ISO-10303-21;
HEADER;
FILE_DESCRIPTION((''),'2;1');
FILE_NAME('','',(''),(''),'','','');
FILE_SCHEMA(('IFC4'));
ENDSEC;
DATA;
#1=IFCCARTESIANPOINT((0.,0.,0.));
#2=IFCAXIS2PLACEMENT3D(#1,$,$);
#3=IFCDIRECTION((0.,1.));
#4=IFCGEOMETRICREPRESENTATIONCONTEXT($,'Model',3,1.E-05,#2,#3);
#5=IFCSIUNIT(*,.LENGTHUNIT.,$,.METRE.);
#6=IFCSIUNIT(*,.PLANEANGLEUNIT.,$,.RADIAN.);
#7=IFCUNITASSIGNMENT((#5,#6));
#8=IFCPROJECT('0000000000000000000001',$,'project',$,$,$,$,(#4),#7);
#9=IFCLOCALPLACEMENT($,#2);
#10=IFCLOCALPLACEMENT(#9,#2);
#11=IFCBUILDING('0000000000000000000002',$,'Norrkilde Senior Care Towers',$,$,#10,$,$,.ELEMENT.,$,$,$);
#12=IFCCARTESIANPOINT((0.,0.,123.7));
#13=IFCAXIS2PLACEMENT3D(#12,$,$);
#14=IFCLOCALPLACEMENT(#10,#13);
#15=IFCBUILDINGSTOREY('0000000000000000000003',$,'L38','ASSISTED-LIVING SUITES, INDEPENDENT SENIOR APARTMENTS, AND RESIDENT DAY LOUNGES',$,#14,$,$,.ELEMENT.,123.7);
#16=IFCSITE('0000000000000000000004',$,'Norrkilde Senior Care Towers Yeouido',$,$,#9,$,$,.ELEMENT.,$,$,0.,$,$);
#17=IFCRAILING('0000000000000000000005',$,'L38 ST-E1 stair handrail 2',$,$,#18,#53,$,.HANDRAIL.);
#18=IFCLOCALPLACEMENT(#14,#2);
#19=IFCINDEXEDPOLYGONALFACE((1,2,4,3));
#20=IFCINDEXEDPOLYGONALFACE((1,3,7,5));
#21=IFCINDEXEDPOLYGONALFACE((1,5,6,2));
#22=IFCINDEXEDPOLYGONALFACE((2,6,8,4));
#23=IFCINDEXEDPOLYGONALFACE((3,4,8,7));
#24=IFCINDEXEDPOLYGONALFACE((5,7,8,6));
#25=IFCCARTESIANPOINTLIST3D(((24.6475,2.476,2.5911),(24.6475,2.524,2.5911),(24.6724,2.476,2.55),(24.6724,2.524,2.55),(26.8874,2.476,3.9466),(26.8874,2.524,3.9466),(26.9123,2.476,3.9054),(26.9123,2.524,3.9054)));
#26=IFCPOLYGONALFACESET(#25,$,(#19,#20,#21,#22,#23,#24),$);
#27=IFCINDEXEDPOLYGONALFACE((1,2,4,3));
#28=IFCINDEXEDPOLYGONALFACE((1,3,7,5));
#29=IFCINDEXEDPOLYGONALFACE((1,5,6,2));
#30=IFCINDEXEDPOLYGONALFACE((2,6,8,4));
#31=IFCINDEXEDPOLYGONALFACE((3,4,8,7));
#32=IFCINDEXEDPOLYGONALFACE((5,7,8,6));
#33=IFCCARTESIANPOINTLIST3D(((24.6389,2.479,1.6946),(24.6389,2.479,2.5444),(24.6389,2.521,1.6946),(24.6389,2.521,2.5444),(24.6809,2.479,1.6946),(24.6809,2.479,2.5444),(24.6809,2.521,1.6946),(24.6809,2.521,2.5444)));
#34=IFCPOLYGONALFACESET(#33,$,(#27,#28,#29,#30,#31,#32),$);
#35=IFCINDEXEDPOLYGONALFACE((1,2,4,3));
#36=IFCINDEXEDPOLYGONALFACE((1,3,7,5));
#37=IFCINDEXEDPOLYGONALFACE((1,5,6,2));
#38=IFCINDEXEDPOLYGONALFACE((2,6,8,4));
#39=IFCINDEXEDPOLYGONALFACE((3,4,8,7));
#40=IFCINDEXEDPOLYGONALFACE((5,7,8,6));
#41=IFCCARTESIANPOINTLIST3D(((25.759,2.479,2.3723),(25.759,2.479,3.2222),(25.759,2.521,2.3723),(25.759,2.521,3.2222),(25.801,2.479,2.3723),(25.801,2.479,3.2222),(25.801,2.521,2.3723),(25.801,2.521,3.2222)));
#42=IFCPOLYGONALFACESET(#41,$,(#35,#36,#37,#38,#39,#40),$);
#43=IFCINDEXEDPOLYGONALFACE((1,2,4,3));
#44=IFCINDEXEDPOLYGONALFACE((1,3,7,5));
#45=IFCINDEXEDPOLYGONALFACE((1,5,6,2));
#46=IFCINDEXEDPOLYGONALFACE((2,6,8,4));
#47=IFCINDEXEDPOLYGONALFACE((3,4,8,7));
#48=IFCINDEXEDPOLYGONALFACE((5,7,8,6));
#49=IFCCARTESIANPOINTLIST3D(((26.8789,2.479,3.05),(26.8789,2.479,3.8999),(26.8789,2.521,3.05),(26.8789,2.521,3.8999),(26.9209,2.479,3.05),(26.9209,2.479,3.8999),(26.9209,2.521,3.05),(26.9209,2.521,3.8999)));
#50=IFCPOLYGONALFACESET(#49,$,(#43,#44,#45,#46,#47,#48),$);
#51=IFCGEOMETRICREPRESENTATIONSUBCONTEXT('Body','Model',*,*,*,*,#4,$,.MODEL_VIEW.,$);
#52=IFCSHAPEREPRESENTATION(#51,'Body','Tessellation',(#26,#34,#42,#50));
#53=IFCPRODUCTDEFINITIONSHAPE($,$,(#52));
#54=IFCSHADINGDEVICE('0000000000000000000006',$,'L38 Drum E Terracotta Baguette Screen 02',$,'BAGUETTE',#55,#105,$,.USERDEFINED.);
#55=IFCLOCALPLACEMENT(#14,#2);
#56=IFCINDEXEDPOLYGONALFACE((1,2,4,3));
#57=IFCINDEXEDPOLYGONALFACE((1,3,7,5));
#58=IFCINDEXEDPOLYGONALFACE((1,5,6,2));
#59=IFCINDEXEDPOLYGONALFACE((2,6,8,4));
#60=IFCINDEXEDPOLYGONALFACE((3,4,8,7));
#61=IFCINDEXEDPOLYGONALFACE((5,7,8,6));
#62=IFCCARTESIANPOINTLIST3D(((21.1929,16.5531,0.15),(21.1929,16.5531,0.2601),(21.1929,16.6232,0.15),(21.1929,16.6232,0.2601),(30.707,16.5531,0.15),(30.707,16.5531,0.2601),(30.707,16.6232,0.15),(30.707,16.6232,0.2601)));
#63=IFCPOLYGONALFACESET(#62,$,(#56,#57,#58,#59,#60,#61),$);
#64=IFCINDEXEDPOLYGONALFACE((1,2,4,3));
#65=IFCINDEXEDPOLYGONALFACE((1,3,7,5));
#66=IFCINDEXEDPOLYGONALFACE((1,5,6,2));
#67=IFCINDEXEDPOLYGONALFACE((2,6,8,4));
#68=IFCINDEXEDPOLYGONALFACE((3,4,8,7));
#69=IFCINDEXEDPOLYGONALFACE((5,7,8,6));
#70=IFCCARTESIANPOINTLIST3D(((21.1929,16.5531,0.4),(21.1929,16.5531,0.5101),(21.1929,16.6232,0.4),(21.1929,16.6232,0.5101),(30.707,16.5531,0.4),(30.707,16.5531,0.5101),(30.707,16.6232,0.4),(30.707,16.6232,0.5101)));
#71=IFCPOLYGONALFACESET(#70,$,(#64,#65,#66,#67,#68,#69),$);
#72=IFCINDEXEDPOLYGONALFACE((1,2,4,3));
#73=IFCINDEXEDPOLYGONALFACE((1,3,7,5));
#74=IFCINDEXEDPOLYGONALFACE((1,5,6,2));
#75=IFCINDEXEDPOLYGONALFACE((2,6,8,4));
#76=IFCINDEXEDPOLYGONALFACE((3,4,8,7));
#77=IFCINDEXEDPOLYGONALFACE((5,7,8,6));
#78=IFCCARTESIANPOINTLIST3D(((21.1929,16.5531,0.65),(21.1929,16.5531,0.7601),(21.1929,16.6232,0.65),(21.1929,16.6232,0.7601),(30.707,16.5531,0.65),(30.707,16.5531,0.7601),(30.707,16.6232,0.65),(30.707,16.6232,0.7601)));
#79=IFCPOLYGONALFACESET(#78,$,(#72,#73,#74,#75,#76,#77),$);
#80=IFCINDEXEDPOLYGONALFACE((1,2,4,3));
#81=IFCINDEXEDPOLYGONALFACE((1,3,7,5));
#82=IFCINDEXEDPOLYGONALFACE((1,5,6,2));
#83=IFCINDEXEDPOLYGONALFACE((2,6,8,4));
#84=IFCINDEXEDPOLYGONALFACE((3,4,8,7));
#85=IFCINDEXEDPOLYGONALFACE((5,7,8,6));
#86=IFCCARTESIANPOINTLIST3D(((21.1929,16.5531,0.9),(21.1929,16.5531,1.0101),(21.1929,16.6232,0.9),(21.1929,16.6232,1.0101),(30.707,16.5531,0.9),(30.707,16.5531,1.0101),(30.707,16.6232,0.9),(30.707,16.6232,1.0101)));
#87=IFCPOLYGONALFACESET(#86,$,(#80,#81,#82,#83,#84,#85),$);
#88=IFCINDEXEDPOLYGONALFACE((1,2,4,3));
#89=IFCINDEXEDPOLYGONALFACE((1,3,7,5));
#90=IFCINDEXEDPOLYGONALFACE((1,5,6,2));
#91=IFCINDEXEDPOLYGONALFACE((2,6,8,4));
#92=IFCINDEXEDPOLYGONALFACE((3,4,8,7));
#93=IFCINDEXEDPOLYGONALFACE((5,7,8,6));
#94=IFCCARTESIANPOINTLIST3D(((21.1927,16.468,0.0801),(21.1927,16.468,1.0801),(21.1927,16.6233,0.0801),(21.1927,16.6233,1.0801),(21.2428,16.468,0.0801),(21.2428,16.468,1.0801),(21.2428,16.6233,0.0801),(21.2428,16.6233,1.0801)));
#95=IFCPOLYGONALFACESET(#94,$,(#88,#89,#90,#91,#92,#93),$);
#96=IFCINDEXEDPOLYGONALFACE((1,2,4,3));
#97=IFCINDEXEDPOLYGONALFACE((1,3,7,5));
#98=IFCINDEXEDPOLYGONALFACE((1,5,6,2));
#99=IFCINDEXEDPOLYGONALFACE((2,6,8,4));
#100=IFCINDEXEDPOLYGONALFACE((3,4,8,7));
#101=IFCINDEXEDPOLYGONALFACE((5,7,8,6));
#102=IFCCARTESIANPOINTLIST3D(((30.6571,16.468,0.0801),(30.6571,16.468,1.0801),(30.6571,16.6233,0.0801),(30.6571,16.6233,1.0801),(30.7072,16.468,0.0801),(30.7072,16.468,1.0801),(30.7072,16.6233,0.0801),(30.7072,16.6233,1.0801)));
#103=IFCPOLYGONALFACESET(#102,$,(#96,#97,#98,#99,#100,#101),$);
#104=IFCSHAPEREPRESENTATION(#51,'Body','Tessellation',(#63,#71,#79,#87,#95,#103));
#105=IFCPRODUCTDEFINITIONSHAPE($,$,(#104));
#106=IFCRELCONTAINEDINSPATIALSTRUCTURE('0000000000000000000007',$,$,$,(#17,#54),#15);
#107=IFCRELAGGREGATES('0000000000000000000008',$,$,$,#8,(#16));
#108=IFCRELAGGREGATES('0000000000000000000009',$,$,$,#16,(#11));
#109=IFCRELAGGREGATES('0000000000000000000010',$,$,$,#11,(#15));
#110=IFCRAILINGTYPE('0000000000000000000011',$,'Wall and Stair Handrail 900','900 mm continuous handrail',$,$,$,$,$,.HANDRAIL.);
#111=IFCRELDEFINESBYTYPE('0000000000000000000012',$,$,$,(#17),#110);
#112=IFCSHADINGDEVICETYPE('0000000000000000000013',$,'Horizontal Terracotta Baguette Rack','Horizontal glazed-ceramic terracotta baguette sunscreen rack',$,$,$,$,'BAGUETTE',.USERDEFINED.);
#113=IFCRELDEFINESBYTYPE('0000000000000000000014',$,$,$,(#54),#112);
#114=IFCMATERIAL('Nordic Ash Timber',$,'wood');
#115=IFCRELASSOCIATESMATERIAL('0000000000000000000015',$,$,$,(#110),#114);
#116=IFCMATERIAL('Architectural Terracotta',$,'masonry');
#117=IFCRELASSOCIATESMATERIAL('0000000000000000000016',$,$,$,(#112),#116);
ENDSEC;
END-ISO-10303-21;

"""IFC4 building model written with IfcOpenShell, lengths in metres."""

from ifc_helpers import new_model, si_unit, direction, frame, origin, origin_2d, place, context, subcontext, project, spatial, rectangle, extrude, source, transform, mapped, material, type_object, type_shapes, element, save


model = new_model("IFC4")

# Units and contexts
model_context = context("Model", 3, precision=1e-05, world=origin(), true_north=direction((0.0, 1.0)))
body_context = subcontext(model_context, "Body", "Model", "MODEL_VIEW")
ifc_project = project(units=[si_unit("LENGTHUNIT", "METRE"), si_unit("PLANEANGLEUNIT", "RADIAN")], contexts=[model_context])

# Site, building, storey
site_placement = place(None, origin())
site = spatial("IfcSite", under=ifc_project, at=site_placement, Name="Norrkilde Senior Care Towers Yeouido", CompositionType="ELEMENT", RefElevation=0.0)
building_placement = place(site_placement, origin())
building = spatial("IfcBuilding", under=site, at=building_placement, Name="Norrkilde Senior Care Towers", CompositionType="ELEMENT")
storey_placement = place(building_placement, frame((0.0, 0.0, 123.7)))
storey = spatial("IfcBuildingStorey", under=building, at=storey_placement, Name="L38", Description="ASSISTED-LIVING SUITES, INDEPENDENT SENIOR APARTMENTS, AND RESIDENT DAY LOUNGES", CompositionType="ELEMENT", Elevation=123.7)

# Shared definitions
ifc_material_1 = material(Name="Nordic Ash Timber", Category="wood")

# Railing
railing_type_1 = type_object("IfcRailingType", Name="Wall and Stair Handrail 900", Description="900 mm continuous handrail", PredefinedType="HANDRAIL", material=ifc_material_1)
railing_1_placement = place(storey_placement, frame((24.6599, 2.5, 1.6946)))
element("IfcRailing", 1, at=railing_1_placement, inside=storey, type_object=railing_type_1, Name="L38 ST-E1 stair handrail 2", PredefinedType="HANDRAIL", context=body_context, shape_type="SweptSolid", body=[
    extrude(rectangle(XDim=0.0481, YDim=0.0481, at=origin_2d()), frame((0.0, 0.0, 0.876), z_axis=(0.855553, 0.0, 0.517715), x_axis=(0.0, 1.0, 0.0)), (0.0, 0.0, 1.0), 2.6182),
    extrude(rectangle(XDim=0.042, YDim=0.042, at=origin_2d()), origin(), (0.0, 0.0, 1.0), 0.8499),
    extrude(rectangle(XDim=0.042, YDim=0.042, at=origin_2d()), frame((1.1201, 0.0, 0.6777)), (0.0, 0.0, 1.0), 0.8499),
    extrude(rectangle(XDim=0.042, YDim=0.042, at=origin_2d()), frame((2.24, 0.0, 1.3555)), (0.0, 0.0, 1.0), 0.8499),
])

# Shading device
ifc_material_2 = material(Name="Architectural Terracotta", Category="masonry")
shading_device_type = type_object("IfcShadingDeviceType", Name="Horizontal Terracotta Baguette Rack", Description="Horizontal glazed-ceramic terracotta baguette sunscreen rack", ElementType="BAGUETTE", PredefinedType="USERDEFINED", material=ifc_material_2)
shared_shape_1 = source(origin(), body_context, "Body", "SweptSolid", [
    extrude(rectangle(XDim=0.0701, YDim=0.1101, at=origin_2d()), frame((0.0, 0.0901, 0.125), z_axis=(1.0, 0.0, 0.0), x_axis=(0.0, 1.0, 0.0)), (0.0, 0.0, 1.0), 9.5142),
    extrude(rectangle(XDim=0.0701, YDim=0.1101, at=origin_2d()), frame((0.0, 0.0901, 0.375), z_axis=(1.0, 0.0, 0.0), x_axis=(0.0, 1.0, 0.0)), (0.0, 0.0, 1.0), 9.5142),
    extrude(rectangle(XDim=0.0701, YDim=0.1101, at=origin_2d()), frame((0.0, 0.0901, 0.625), z_axis=(1.0, 0.0, 0.0), x_axis=(0.0, 1.0, 0.0)), (0.0, 0.0, 1.0), 9.5142),
    extrude(rectangle(XDim=0.0701, YDim=0.1101, at=origin_2d()), frame((0.0, 0.0901, 0.875), z_axis=(1.0, 0.0, 0.0), x_axis=(0.0, 1.0, 0.0)), (0.0, 0.0, 1.0), 9.5142),
    extrude(rectangle(XDim=0.05, YDim=0.1553, at=origin_2d()), frame((0.0249, 0.0476, 0.0)), (0.0, 0.0, 1.0), 1.0),
    extrude(rectangle(XDim=0.05, YDim=0.1553, at=origin_2d()), frame((9.4893, 0.0476, 0.0)), (0.0, 0.0, 1.0), 1.0),
])
type_shapes(shading_device_type, [shared_shape_1])
shading_device_placement = place(storey_placement, frame((21.1929, 16.498, 0.0801), z_axis=(0.0, 0.0, 1.0), x_axis=(1.0, 0.0, 0.0)))
element("IfcShadingDevice", 2, at=shading_device_placement, inside=storey, type_object=shading_device_type, Name="L38 Drum E Terracotta Baguette Screen 02", ObjectType="BAGUETTE", PredefinedType="USERDEFINED", context=body_context, shape_type="MappedRepresentation", body=[
    mapped(shared_shape_1, transform((0.0, 0.0, 0.0), x_axis=(1.0, 0.0, 0.0), y_axis=(0.0, 1.0, 0.0), z_axis=(0.0, 0.0, 1.0), scale=1.0)),
])

save(model, "model.ifc")
